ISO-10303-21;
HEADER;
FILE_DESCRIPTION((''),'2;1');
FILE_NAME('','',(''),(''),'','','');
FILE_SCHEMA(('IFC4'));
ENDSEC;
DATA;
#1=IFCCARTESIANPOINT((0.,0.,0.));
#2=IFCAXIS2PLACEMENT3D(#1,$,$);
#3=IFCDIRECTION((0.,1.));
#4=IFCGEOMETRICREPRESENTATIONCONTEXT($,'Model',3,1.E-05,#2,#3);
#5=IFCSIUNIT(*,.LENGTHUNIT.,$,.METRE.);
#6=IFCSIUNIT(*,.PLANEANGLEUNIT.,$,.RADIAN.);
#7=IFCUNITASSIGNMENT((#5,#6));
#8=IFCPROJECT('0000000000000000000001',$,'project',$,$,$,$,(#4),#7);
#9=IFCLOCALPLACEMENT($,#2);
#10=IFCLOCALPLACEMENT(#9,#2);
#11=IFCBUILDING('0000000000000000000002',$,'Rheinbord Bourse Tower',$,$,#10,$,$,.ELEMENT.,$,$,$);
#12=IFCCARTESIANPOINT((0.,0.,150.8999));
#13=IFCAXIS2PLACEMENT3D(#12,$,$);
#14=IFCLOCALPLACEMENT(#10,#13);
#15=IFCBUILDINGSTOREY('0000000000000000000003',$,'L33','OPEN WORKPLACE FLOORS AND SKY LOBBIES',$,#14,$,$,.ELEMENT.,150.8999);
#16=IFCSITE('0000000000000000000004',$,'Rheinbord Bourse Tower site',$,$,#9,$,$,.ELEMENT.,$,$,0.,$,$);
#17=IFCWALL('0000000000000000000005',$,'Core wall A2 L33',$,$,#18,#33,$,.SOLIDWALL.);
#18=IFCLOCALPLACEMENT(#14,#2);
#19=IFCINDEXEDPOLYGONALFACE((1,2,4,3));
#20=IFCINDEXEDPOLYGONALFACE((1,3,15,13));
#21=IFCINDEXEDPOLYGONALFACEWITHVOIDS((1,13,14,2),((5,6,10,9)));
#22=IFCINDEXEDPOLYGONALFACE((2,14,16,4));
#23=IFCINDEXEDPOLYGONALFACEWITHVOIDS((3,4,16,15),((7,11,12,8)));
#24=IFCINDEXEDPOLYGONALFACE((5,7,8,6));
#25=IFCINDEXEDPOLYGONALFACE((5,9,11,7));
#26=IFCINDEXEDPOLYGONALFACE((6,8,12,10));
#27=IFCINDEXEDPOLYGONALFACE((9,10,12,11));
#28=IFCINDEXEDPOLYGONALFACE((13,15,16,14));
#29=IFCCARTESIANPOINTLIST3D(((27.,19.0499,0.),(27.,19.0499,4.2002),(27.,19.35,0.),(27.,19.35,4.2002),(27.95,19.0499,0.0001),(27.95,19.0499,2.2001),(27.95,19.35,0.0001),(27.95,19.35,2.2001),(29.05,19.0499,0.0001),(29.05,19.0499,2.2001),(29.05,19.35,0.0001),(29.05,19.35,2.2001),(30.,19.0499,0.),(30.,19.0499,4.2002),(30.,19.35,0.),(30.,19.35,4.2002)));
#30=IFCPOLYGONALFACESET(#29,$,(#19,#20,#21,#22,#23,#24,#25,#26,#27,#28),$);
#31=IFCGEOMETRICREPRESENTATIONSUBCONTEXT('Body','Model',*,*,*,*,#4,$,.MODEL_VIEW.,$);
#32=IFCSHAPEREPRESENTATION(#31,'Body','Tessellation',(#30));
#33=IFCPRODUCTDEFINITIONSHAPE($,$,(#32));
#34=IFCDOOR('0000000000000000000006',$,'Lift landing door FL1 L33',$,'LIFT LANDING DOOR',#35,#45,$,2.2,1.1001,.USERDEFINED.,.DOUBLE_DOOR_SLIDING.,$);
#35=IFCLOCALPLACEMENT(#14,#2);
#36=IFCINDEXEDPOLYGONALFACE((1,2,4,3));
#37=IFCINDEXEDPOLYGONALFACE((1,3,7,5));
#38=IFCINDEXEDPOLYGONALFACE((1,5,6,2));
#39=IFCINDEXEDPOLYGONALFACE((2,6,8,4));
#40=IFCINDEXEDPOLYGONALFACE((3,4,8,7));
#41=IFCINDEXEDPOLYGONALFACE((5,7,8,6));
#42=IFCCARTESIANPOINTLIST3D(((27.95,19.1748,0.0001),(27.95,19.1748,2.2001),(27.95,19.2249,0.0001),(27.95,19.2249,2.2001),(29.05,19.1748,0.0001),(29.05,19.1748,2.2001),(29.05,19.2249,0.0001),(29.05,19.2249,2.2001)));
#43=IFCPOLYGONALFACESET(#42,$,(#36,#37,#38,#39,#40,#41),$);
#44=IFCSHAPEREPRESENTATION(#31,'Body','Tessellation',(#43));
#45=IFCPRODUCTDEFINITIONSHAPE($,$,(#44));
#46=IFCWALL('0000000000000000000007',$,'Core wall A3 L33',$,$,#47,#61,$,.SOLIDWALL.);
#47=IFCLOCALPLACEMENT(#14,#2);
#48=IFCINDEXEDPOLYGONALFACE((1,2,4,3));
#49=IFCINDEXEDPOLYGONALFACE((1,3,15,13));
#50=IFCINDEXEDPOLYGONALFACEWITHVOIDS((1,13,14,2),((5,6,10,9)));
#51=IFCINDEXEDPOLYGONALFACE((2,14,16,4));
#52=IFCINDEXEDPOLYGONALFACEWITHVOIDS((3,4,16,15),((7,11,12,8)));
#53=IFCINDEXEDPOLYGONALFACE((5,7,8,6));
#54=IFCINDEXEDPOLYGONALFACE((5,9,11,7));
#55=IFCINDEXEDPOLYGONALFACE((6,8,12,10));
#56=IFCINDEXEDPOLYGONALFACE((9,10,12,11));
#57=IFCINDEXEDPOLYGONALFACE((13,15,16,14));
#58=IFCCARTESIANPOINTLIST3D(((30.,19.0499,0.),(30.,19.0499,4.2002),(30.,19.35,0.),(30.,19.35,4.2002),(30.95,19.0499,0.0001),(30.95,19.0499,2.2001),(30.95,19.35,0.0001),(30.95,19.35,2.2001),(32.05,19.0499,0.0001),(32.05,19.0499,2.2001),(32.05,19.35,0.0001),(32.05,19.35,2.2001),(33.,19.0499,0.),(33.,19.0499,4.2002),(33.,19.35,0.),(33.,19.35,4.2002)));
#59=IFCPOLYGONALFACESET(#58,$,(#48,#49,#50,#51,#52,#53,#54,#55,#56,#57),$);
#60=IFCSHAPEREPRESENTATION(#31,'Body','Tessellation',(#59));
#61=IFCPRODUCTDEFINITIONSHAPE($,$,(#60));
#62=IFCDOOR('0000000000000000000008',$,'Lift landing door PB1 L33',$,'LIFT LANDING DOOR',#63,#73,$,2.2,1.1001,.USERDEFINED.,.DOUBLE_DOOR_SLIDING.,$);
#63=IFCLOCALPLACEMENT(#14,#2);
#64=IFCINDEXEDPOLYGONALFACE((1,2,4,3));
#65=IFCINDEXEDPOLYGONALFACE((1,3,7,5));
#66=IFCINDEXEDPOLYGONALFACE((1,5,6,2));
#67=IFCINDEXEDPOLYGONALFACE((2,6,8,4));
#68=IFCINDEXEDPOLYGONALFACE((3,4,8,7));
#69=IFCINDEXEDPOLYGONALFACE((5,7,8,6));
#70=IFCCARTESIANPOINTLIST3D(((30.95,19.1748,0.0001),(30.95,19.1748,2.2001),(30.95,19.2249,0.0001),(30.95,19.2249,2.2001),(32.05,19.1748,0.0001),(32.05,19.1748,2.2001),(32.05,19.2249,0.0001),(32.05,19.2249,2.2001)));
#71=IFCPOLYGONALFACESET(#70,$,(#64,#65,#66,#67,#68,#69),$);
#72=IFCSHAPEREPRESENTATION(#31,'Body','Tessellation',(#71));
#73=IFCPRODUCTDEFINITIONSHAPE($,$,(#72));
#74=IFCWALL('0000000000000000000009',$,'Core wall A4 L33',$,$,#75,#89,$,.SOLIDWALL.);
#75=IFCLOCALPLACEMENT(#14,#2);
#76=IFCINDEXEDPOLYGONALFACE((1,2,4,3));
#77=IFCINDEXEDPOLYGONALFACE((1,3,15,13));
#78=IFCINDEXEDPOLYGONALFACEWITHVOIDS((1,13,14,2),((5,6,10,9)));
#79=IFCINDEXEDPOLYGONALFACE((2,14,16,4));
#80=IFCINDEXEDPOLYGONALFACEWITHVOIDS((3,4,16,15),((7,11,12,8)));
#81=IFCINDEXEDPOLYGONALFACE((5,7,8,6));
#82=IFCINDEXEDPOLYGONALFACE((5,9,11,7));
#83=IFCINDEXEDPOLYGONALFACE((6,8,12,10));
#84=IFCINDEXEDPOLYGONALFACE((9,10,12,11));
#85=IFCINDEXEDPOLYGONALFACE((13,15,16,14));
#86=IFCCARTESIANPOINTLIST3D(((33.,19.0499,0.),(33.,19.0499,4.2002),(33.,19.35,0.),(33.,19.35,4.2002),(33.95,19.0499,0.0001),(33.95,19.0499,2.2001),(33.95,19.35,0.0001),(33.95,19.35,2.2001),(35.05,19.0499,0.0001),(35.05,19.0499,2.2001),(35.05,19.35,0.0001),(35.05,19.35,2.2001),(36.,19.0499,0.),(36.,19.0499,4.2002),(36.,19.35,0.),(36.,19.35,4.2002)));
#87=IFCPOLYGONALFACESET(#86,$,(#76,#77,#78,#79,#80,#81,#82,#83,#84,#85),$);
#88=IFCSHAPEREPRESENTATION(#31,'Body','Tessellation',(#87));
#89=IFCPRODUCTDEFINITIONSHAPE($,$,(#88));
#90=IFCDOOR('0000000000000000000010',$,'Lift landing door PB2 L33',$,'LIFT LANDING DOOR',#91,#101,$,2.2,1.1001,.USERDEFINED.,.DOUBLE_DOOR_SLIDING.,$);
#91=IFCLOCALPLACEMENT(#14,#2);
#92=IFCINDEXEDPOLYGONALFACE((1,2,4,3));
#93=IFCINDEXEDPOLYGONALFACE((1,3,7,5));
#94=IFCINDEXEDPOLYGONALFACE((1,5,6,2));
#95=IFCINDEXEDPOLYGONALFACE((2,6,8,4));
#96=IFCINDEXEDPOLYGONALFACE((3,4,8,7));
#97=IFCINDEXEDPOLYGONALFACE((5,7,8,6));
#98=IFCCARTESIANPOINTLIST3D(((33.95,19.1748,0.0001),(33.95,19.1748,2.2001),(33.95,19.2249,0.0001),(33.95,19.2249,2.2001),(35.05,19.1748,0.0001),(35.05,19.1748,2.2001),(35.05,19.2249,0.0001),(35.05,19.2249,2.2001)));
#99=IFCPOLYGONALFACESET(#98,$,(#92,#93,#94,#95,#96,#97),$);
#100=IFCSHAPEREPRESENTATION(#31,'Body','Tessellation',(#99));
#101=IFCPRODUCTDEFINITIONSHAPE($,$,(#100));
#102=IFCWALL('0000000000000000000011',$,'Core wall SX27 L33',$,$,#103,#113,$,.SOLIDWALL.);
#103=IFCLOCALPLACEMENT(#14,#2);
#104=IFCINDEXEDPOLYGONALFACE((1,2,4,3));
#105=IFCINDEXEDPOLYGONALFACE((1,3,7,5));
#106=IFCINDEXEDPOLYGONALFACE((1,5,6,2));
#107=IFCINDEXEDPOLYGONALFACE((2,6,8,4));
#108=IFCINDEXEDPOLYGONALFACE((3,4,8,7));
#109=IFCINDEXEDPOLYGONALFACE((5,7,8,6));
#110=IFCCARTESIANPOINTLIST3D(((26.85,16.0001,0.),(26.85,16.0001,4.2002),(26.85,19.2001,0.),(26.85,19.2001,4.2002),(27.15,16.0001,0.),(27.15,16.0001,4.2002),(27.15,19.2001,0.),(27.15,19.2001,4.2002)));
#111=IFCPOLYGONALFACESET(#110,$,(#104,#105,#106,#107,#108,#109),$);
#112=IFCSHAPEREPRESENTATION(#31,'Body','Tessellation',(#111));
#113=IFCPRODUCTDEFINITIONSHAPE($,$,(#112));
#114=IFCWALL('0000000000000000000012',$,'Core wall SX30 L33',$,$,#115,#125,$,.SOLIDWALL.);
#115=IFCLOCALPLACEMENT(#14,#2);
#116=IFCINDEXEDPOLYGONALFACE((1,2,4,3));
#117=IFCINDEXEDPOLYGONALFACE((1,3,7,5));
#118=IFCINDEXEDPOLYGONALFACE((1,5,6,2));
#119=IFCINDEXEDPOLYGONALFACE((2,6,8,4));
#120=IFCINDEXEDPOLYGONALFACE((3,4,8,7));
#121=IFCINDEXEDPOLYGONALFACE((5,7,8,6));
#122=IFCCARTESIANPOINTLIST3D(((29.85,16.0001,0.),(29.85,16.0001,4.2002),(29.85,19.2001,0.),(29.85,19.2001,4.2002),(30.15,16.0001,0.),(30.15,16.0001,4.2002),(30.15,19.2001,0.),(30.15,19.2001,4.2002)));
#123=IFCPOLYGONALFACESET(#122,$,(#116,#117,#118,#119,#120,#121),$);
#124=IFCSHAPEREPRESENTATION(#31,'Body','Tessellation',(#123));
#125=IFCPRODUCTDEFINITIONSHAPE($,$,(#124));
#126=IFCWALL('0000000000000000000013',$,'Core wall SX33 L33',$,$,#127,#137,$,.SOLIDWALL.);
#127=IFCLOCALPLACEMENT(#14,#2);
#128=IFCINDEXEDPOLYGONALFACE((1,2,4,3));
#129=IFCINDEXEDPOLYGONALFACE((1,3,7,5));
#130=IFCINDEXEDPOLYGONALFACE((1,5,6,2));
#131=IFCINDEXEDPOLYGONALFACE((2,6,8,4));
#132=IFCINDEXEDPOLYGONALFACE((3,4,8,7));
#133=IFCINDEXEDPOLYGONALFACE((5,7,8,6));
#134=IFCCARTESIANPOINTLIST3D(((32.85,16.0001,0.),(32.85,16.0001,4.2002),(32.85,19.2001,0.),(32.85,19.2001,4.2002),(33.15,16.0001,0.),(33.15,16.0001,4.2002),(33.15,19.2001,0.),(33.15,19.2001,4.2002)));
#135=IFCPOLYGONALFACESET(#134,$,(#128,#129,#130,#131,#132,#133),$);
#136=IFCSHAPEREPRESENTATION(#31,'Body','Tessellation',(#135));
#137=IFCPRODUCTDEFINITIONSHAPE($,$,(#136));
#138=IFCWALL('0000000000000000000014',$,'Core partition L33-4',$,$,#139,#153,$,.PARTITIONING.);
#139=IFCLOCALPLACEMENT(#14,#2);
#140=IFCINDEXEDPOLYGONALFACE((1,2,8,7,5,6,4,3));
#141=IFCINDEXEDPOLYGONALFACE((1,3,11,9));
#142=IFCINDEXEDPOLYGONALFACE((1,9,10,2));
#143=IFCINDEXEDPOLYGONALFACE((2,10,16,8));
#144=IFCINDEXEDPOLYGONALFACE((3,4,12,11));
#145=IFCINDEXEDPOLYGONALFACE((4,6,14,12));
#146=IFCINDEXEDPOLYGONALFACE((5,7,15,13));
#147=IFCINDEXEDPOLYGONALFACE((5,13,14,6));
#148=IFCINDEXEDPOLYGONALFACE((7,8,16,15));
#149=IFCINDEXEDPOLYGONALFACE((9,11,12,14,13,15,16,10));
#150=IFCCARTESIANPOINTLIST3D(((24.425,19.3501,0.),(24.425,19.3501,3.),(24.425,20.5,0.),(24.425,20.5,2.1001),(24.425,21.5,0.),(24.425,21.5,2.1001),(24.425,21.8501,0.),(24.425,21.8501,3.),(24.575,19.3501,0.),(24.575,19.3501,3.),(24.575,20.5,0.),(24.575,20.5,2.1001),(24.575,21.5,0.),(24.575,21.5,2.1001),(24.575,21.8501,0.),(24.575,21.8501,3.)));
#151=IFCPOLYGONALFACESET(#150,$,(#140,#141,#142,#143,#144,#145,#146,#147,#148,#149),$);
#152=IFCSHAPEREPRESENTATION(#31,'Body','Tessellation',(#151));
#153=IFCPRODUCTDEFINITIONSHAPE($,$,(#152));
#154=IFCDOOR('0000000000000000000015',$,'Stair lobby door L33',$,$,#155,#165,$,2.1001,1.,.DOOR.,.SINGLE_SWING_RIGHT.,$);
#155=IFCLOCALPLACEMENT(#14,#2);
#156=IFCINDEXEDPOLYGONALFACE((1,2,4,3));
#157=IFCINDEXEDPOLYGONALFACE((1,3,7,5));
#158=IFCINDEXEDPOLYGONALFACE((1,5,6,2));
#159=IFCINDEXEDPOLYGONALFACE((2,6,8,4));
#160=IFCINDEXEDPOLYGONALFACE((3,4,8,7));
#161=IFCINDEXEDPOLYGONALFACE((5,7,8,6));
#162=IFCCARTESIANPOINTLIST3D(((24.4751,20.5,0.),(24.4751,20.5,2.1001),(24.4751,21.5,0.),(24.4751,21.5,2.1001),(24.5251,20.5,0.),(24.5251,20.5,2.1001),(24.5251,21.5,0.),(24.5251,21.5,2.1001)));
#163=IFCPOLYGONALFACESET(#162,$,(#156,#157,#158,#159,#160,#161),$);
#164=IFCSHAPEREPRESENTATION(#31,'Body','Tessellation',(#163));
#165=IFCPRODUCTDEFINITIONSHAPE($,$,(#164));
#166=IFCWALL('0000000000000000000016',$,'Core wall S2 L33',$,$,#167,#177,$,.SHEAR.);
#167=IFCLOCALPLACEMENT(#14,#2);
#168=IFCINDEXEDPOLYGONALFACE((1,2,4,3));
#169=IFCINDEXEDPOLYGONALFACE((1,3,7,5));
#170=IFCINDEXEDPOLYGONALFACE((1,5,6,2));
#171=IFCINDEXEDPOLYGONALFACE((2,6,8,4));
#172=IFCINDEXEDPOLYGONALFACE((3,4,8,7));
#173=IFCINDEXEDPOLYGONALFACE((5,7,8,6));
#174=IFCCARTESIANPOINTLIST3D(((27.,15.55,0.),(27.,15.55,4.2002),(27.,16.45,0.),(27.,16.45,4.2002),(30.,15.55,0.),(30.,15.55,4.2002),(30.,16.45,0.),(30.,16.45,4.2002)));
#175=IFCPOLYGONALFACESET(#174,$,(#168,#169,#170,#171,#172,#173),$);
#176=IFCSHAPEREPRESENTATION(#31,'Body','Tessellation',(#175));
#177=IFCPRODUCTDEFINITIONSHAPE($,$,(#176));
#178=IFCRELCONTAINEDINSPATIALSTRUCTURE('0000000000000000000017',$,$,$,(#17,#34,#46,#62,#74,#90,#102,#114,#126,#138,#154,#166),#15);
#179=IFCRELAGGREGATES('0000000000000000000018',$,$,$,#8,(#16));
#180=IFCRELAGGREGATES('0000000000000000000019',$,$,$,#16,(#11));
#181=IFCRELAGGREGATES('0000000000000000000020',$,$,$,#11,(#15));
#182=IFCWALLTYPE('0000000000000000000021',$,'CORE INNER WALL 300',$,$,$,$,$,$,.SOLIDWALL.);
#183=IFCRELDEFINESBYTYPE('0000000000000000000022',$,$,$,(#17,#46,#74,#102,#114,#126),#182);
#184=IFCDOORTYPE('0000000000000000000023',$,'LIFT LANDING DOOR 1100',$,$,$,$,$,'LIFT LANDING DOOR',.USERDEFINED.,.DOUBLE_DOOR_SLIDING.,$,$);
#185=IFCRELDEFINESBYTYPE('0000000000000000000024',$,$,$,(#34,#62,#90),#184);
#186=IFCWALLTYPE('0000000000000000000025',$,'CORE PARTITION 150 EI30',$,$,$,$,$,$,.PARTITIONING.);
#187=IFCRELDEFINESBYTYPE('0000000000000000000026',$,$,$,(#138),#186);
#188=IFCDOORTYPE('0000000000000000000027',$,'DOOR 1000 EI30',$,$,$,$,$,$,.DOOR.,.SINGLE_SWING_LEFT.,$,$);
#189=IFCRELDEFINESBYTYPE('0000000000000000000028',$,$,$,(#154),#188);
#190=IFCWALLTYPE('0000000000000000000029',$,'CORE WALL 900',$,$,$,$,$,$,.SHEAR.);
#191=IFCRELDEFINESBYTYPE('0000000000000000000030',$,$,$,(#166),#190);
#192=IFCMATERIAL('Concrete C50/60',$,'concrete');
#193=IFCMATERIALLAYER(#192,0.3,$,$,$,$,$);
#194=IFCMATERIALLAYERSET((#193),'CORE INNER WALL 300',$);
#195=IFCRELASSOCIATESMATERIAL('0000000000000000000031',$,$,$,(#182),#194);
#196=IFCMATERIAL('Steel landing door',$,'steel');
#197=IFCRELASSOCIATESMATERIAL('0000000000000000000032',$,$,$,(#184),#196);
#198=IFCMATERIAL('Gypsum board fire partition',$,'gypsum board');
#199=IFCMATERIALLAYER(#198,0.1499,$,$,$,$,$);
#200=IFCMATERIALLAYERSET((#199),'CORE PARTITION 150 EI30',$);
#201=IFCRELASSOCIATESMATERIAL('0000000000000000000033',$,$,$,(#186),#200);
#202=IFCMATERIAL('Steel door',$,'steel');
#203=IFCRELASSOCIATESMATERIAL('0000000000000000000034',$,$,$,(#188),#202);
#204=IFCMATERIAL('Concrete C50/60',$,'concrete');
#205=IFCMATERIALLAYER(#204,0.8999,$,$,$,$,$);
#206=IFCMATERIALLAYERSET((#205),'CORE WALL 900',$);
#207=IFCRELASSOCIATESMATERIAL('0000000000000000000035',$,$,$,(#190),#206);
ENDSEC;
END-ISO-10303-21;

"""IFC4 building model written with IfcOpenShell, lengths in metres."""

from ifc_helpers import new_model, si_unit, direction, frame, frame_2d, origin, place, context, subcontext, project, spatial, rectangle, extrude, material, layer, layer_set, type_object, element, fill, save


model = new_model("IFC4")

# Units and contexts
model_context = context("Model", 3, precision=1e-05, world=origin(), true_north=direction((0.0, 1.0)))
body_context = subcontext(model_context, "Body", "Model", "MODEL_VIEW")
ifc_project = project(units=[si_unit("LENGTHUNIT", "METRE"), si_unit("PLANEANGLEUNIT", "RADIAN")], contexts=[model_context])

# Site, building, storey
site_placement = place(None, origin())
site = spatial("IfcSite", under=ifc_project, at=site_placement, Name="Rheinbord Bourse Tower site", CompositionType="ELEMENT", RefElevation=0.0)
building_placement = place(site_placement, origin())
building = spatial("IfcBuilding", under=site, at=building_placement, Name="Rheinbord Bourse Tower", CompositionType="ELEMENT")
storey_placement = place(building_placement, frame((0.0, 0.0, 150.8999)))
storey = spatial("IfcBuildingStorey", under=building, at=storey_placement, Name="L33", Description="OPEN WORKPLACE FLOORS AND SKY LOBBIES", CompositionType="ELEMENT", Elevation=150.8999)

# Walls, openings, doors
ifc_material_1 = material(Name="Concrete C50/60", Category="concrete")
ifc_layer_1 = layer(ifc_material_1, 0.3)
ifc_layer_set_1 = layer_set([ifc_layer_1], Name="CORE INNER WALL 300")
wall_type_1 = type_object("IfcWallType", Name="CORE INNER WALL 300", PredefinedType="SOLIDWALL", material=ifc_layer_set_1)
wall_1_placement = place(storey_placement, frame((27.0, 19.2, 0.0), z_axis=(0.0, 0.0, 1.0), x_axis=(1.0, 0.0, 0.0)))
wall_1 = element("IfcWall", 1, at=wall_1_placement, inside=storey, type_object=wall_type_1, Name="Core wall A2 L33", PredefinedType="SOLIDWALL", context=body_context, shape_type="SweptSolid", body=[
    extrude(rectangle(XDim=3.0, YDim=0.3, at=frame_2d((1.5, 0.0))), origin(), (0.0, 0.0, 1.0), 4.2002),
])
opening_1_placement = place(wall_1_placement, frame((0.95, 0.0, 0.0)))
opening_1 = element("IfcOpeningElement", 2, at=opening_1_placement, cuts=wall_1, PredefinedType="OPENING", context=body_context, shape_type="SweptSolid", body=[
    extrude(rectangle(XDim=1.1001, YDim=2.2, at=frame_2d((0.55, 1.1001))), frame((0.0, 0.1599, 0.0), z_axis=(0.0, -1.0, 0.0), x_axis=(1.0, 0.0, 0.0)), (0.0, 0.0, 1.0), 0.3201),
])
ifc_material_2 = material(Name="Steel landing door", Category="steel")
door_type_1 = type_object("IfcDoorType", Name="LIFT LANDING DOOR 1100", ElementType="LIFT LANDING DOOR", OperationType="DOUBLE_DOOR_SLIDING", PredefinedType="USERDEFINED", material=ifc_material_2)
door_1_placement = place(opening_1_placement, origin())
door_1 = element("IfcDoor", 3, at=door_1_placement, inside=storey, type_object=door_type_1, Name="Lift landing door FL1 L33", ObjectType="LIFT LANDING DOOR", OperationType="DOUBLE_DOOR_SLIDING", OverallHeight=2.2, OverallWidth=1.1001, PredefinedType="USERDEFINED", context=body_context, shape_type="SweptSolid", body=[
    extrude(rectangle(XDim=1.1001, YDim=2.2, at=frame_2d((0.55, 1.1001))), frame((0.0, 0.0249, 0.0), z_axis=(0.0, -1.0, 0.0), x_axis=(1.0, 0.0, 0.0)), (0.0, 0.0, 1.0), 0.05),
])
fill(opening_1, door_1)
wall_2_placement = place(storey_placement, frame((30.0, 19.2, 0.0), z_axis=(0.0, 0.0, 1.0), x_axis=(1.0, 0.0, 0.0)))
wall_2 = element("IfcWall", 4, at=wall_2_placement, inside=storey, type_object=wall_type_1, Name="Core wall A3 L33", PredefinedType="SOLIDWALL", context=body_context, shape_type="SweptSolid", body=[
    extrude(rectangle(XDim=3.0, YDim=0.3, at=frame_2d((1.5, 0.0))), origin(), (0.0, 0.0, 1.0), 4.2002),
])
opening_2_placement = place(wall_2_placement, frame((0.95, 0.0, 0.0)))
opening_2 = element("IfcOpeningElement", 5, at=opening_2_placement, cuts=wall_2, PredefinedType="OPENING", context=body_context, shape_type="SweptSolid", body=[
    extrude(rectangle(XDim=1.1001, YDim=2.2, at=frame_2d((0.55, 1.1001))), frame((0.0, 0.1599, 0.0), z_axis=(0.0, -1.0, 0.0), x_axis=(1.0, 0.0, 0.0)), (0.0, 0.0, 1.0), 0.3201),
])
door_2_placement = place(opening_2_placement, origin())
door_2 = element("IfcDoor", 6, at=door_2_placement, inside=storey, type_object=door_type_1, Name="Lift landing door PB1 L33", ObjectType="LIFT LANDING DOOR", OperationType="DOUBLE_DOOR_SLIDING", OverallHeight=2.2, OverallWidth=1.1001, PredefinedType="USERDEFINED", context=body_context, shape_type="SweptSolid", body=[
    extrude(rectangle(XDim=1.1001, YDim=2.2, at=frame_2d((0.55, 1.1001))), frame((0.0, 0.0249, 0.0), z_axis=(0.0, -1.0, 0.0), x_axis=(1.0, 0.0, 0.0)), (0.0, 0.0, 1.0), 0.05),
])
fill(opening_2, door_2)
wall_3_placement = place(storey_placement, frame((33.0, 19.2, 0.0), z_axis=(0.0, 0.0, 1.0), x_axis=(1.0, 0.0, 0.0)))
wall_3 = element("IfcWall", 7, at=wall_3_placement, inside=storey, type_object=wall_type_1, Name="Core wall A4 L33", PredefinedType="SOLIDWALL", context=body_context, shape_type="SweptSolid", body=[
    extrude(rectangle(XDim=3.0, YDim=0.3, at=frame_2d((1.5, 0.0))), origin(), (0.0, 0.0, 1.0), 4.2002),
])
opening_3_placement = place(wall_3_placement, frame((0.95, 0.0, 0.0)))
opening_3 = element("IfcOpeningElement", 8, at=opening_3_placement, cuts=wall_3, PredefinedType="OPENING", context=body_context, shape_type="SweptSolid", body=[
    extrude(rectangle(XDim=1.1001, YDim=2.2, at=frame_2d((0.55, 1.1001))), frame((0.0, 0.1599, 0.0), z_axis=(0.0, -1.0, 0.0), x_axis=(1.0, 0.0, 0.0)), (0.0, 0.0, 1.0), 0.3201),
])
door_3_placement = place(opening_3_placement, origin())
door_3 = element("IfcDoor", 9, at=door_3_placement, inside=storey, type_object=door_type_1, Name="Lift landing door PB2 L33", ObjectType="LIFT LANDING DOOR", OperationType="DOUBLE_DOOR_SLIDING", OverallHeight=2.2, OverallWidth=1.1001, PredefinedType="USERDEFINED", context=body_context, shape_type="SweptSolid", body=[
    extrude(rectangle(XDim=1.1001, YDim=2.2, at=frame_2d((0.55, 1.1001))), frame((0.0, 0.0249, 0.0), z_axis=(0.0, -1.0, 0.0), x_axis=(1.0, 0.0, 0.0)), (0.0, 0.0, 1.0), 0.05),
])
fill(opening_3, door_3)

# Walls
for number, where, z_axis, x_axis, name in (
    (10, (27.0, 16.0, 0.0), (0.0, 0.0, 1.0), (0.0, 1.0, 0.0), "Core wall SX27 L33"),
    (11, (30.0, 16.0, 0.0), (0.0, 0.0, 1.0), (0.0, 1.0, 0.0), "Core wall SX30 L33"),
    (12, (33.0, 16.0, 0.0), (0.0, 0.0, 1.0), (0.0, 1.0, 0.0), "Core wall SX33 L33"),
):
    element("IfcWall", number, at=place(storey_placement, frame(where, z_axis=z_axis, x_axis=x_axis)), inside=storey, type_object=wall_type_1, Name=name, PredefinedType="SOLIDWALL", context=body_context, shape_type="SweptSolid", body=[
        extrude(rectangle(XDim=3.2, YDim=0.3, at=frame_2d((1.6001, 0.0))), origin(), (0.0, 0.0, 1.0), 4.2002),
    ])

# Wall, opening, door
ifc_material_3 = material(Name="Gypsum board fire partition", Category="gypsum board")
ifc_layer_2 = layer(ifc_material_3, 0.1499)
ifc_layer_set_2 = layer_set([ifc_layer_2], Name="CORE PARTITION 150 EI30")
wall_type_2 = type_object("IfcWallType", Name="CORE PARTITION 150 EI30", PredefinedType="PARTITIONING", material=ifc_layer_set_2)
wall_4_placement = place(storey_placement, frame((24.5, 19.3501, 0.0), z_axis=(0.0, 0.0, 1.0), x_axis=(0.0, 1.0, 0.0)))
wall_4 = element("IfcWall", 13, at=wall_4_placement, inside=storey, type_object=wall_type_2, Name="Core partition L33-4", PredefinedType="PARTITIONING", context=body_context, shape_type="SweptSolid", body=[
    extrude(rectangle(XDim=2.5, YDim=0.1499, at=frame_2d((1.25, 0.0))), origin(), (0.0, 0.0, 1.0), 3.0),
])
opening_4_placement = place(wall_4_placement, frame((1.1499, 0.0, 0.0)))
opening_4 = element("IfcOpeningElement", 14, at=opening_4_placement, cuts=wall_4, PredefinedType="OPENING", context=body_context, shape_type="SweptSolid", body=[
    extrude(rectangle(XDim=1.0, YDim=2.1001, at=frame_2d((0.5, 1.05))), frame((0.0, 0.085, 0.0), z_axis=(0.0, -1.0, 0.0), x_axis=(1.0, 0.0, 0.0)), (0.0, 0.0, 1.0), 0.1699),
])
ifc_material_4 = material(Name="Steel door", Category="steel")
door_type_2 = type_object("IfcDoorType", Name="DOOR 1000 EI30", OperationType="SINGLE_SWING_LEFT", PredefinedType="DOOR", material=ifc_material_4)
door_4_placement = place(opening_4_placement, origin())
door_4 = element("IfcDoor", 15, at=door_4_placement, inside=storey, type_object=door_type_2, Name="Stair lobby door L33", OperationType="SINGLE_SWING_RIGHT", OverallHeight=2.1001, OverallWidth=1.0, PredefinedType="DOOR", context=body_context, shape_type="SweptSolid", body=[
    extrude(rectangle(XDim=1.0, YDim=2.1001, at=frame_2d((0.5, 1.05))), frame((0.0, 0.0249, 0.0), z_axis=(0.0, -1.0, 0.0), x_axis=(1.0, 0.0, 0.0)), (0.0, 0.0, 1.0), 0.05),
])
fill(opening_4, door_4)

# Wall
ifc_material_5 = material(Name="Concrete C50/60", Category="concrete")
ifc_layer_3 = layer(ifc_material_5, 0.8999)
ifc_layer_set_3 = layer_set([ifc_layer_3], Name="CORE WALL 900")
wall_type_3 = type_object("IfcWallType", Name="CORE WALL 900", PredefinedType="SHEAR", material=ifc_layer_set_3)
for number, where, z_axis, x_axis, name in (
    (16, (27.0, 16.0, 0.0), (0.0, 0.0, 1.0), (1.0, 0.0, 0.0), "Core wall S2 L33"),
):
    element("IfcWall", number, at=place(storey_placement, frame(where, z_axis=z_axis, x_axis=x_axis)), inside=storey, type_object=wall_type_3, Name=name, PredefinedType="SHEAR", context=body_context, shape_type="SweptSolid", body=[
        extrude(rectangle(XDim=3.0, YDim=0.8999, at=frame_2d((1.5, 0.0))), origin(), (0.0, 0.0, 1.0), 4.2002),
    ])

save(model, "model.ifc")
